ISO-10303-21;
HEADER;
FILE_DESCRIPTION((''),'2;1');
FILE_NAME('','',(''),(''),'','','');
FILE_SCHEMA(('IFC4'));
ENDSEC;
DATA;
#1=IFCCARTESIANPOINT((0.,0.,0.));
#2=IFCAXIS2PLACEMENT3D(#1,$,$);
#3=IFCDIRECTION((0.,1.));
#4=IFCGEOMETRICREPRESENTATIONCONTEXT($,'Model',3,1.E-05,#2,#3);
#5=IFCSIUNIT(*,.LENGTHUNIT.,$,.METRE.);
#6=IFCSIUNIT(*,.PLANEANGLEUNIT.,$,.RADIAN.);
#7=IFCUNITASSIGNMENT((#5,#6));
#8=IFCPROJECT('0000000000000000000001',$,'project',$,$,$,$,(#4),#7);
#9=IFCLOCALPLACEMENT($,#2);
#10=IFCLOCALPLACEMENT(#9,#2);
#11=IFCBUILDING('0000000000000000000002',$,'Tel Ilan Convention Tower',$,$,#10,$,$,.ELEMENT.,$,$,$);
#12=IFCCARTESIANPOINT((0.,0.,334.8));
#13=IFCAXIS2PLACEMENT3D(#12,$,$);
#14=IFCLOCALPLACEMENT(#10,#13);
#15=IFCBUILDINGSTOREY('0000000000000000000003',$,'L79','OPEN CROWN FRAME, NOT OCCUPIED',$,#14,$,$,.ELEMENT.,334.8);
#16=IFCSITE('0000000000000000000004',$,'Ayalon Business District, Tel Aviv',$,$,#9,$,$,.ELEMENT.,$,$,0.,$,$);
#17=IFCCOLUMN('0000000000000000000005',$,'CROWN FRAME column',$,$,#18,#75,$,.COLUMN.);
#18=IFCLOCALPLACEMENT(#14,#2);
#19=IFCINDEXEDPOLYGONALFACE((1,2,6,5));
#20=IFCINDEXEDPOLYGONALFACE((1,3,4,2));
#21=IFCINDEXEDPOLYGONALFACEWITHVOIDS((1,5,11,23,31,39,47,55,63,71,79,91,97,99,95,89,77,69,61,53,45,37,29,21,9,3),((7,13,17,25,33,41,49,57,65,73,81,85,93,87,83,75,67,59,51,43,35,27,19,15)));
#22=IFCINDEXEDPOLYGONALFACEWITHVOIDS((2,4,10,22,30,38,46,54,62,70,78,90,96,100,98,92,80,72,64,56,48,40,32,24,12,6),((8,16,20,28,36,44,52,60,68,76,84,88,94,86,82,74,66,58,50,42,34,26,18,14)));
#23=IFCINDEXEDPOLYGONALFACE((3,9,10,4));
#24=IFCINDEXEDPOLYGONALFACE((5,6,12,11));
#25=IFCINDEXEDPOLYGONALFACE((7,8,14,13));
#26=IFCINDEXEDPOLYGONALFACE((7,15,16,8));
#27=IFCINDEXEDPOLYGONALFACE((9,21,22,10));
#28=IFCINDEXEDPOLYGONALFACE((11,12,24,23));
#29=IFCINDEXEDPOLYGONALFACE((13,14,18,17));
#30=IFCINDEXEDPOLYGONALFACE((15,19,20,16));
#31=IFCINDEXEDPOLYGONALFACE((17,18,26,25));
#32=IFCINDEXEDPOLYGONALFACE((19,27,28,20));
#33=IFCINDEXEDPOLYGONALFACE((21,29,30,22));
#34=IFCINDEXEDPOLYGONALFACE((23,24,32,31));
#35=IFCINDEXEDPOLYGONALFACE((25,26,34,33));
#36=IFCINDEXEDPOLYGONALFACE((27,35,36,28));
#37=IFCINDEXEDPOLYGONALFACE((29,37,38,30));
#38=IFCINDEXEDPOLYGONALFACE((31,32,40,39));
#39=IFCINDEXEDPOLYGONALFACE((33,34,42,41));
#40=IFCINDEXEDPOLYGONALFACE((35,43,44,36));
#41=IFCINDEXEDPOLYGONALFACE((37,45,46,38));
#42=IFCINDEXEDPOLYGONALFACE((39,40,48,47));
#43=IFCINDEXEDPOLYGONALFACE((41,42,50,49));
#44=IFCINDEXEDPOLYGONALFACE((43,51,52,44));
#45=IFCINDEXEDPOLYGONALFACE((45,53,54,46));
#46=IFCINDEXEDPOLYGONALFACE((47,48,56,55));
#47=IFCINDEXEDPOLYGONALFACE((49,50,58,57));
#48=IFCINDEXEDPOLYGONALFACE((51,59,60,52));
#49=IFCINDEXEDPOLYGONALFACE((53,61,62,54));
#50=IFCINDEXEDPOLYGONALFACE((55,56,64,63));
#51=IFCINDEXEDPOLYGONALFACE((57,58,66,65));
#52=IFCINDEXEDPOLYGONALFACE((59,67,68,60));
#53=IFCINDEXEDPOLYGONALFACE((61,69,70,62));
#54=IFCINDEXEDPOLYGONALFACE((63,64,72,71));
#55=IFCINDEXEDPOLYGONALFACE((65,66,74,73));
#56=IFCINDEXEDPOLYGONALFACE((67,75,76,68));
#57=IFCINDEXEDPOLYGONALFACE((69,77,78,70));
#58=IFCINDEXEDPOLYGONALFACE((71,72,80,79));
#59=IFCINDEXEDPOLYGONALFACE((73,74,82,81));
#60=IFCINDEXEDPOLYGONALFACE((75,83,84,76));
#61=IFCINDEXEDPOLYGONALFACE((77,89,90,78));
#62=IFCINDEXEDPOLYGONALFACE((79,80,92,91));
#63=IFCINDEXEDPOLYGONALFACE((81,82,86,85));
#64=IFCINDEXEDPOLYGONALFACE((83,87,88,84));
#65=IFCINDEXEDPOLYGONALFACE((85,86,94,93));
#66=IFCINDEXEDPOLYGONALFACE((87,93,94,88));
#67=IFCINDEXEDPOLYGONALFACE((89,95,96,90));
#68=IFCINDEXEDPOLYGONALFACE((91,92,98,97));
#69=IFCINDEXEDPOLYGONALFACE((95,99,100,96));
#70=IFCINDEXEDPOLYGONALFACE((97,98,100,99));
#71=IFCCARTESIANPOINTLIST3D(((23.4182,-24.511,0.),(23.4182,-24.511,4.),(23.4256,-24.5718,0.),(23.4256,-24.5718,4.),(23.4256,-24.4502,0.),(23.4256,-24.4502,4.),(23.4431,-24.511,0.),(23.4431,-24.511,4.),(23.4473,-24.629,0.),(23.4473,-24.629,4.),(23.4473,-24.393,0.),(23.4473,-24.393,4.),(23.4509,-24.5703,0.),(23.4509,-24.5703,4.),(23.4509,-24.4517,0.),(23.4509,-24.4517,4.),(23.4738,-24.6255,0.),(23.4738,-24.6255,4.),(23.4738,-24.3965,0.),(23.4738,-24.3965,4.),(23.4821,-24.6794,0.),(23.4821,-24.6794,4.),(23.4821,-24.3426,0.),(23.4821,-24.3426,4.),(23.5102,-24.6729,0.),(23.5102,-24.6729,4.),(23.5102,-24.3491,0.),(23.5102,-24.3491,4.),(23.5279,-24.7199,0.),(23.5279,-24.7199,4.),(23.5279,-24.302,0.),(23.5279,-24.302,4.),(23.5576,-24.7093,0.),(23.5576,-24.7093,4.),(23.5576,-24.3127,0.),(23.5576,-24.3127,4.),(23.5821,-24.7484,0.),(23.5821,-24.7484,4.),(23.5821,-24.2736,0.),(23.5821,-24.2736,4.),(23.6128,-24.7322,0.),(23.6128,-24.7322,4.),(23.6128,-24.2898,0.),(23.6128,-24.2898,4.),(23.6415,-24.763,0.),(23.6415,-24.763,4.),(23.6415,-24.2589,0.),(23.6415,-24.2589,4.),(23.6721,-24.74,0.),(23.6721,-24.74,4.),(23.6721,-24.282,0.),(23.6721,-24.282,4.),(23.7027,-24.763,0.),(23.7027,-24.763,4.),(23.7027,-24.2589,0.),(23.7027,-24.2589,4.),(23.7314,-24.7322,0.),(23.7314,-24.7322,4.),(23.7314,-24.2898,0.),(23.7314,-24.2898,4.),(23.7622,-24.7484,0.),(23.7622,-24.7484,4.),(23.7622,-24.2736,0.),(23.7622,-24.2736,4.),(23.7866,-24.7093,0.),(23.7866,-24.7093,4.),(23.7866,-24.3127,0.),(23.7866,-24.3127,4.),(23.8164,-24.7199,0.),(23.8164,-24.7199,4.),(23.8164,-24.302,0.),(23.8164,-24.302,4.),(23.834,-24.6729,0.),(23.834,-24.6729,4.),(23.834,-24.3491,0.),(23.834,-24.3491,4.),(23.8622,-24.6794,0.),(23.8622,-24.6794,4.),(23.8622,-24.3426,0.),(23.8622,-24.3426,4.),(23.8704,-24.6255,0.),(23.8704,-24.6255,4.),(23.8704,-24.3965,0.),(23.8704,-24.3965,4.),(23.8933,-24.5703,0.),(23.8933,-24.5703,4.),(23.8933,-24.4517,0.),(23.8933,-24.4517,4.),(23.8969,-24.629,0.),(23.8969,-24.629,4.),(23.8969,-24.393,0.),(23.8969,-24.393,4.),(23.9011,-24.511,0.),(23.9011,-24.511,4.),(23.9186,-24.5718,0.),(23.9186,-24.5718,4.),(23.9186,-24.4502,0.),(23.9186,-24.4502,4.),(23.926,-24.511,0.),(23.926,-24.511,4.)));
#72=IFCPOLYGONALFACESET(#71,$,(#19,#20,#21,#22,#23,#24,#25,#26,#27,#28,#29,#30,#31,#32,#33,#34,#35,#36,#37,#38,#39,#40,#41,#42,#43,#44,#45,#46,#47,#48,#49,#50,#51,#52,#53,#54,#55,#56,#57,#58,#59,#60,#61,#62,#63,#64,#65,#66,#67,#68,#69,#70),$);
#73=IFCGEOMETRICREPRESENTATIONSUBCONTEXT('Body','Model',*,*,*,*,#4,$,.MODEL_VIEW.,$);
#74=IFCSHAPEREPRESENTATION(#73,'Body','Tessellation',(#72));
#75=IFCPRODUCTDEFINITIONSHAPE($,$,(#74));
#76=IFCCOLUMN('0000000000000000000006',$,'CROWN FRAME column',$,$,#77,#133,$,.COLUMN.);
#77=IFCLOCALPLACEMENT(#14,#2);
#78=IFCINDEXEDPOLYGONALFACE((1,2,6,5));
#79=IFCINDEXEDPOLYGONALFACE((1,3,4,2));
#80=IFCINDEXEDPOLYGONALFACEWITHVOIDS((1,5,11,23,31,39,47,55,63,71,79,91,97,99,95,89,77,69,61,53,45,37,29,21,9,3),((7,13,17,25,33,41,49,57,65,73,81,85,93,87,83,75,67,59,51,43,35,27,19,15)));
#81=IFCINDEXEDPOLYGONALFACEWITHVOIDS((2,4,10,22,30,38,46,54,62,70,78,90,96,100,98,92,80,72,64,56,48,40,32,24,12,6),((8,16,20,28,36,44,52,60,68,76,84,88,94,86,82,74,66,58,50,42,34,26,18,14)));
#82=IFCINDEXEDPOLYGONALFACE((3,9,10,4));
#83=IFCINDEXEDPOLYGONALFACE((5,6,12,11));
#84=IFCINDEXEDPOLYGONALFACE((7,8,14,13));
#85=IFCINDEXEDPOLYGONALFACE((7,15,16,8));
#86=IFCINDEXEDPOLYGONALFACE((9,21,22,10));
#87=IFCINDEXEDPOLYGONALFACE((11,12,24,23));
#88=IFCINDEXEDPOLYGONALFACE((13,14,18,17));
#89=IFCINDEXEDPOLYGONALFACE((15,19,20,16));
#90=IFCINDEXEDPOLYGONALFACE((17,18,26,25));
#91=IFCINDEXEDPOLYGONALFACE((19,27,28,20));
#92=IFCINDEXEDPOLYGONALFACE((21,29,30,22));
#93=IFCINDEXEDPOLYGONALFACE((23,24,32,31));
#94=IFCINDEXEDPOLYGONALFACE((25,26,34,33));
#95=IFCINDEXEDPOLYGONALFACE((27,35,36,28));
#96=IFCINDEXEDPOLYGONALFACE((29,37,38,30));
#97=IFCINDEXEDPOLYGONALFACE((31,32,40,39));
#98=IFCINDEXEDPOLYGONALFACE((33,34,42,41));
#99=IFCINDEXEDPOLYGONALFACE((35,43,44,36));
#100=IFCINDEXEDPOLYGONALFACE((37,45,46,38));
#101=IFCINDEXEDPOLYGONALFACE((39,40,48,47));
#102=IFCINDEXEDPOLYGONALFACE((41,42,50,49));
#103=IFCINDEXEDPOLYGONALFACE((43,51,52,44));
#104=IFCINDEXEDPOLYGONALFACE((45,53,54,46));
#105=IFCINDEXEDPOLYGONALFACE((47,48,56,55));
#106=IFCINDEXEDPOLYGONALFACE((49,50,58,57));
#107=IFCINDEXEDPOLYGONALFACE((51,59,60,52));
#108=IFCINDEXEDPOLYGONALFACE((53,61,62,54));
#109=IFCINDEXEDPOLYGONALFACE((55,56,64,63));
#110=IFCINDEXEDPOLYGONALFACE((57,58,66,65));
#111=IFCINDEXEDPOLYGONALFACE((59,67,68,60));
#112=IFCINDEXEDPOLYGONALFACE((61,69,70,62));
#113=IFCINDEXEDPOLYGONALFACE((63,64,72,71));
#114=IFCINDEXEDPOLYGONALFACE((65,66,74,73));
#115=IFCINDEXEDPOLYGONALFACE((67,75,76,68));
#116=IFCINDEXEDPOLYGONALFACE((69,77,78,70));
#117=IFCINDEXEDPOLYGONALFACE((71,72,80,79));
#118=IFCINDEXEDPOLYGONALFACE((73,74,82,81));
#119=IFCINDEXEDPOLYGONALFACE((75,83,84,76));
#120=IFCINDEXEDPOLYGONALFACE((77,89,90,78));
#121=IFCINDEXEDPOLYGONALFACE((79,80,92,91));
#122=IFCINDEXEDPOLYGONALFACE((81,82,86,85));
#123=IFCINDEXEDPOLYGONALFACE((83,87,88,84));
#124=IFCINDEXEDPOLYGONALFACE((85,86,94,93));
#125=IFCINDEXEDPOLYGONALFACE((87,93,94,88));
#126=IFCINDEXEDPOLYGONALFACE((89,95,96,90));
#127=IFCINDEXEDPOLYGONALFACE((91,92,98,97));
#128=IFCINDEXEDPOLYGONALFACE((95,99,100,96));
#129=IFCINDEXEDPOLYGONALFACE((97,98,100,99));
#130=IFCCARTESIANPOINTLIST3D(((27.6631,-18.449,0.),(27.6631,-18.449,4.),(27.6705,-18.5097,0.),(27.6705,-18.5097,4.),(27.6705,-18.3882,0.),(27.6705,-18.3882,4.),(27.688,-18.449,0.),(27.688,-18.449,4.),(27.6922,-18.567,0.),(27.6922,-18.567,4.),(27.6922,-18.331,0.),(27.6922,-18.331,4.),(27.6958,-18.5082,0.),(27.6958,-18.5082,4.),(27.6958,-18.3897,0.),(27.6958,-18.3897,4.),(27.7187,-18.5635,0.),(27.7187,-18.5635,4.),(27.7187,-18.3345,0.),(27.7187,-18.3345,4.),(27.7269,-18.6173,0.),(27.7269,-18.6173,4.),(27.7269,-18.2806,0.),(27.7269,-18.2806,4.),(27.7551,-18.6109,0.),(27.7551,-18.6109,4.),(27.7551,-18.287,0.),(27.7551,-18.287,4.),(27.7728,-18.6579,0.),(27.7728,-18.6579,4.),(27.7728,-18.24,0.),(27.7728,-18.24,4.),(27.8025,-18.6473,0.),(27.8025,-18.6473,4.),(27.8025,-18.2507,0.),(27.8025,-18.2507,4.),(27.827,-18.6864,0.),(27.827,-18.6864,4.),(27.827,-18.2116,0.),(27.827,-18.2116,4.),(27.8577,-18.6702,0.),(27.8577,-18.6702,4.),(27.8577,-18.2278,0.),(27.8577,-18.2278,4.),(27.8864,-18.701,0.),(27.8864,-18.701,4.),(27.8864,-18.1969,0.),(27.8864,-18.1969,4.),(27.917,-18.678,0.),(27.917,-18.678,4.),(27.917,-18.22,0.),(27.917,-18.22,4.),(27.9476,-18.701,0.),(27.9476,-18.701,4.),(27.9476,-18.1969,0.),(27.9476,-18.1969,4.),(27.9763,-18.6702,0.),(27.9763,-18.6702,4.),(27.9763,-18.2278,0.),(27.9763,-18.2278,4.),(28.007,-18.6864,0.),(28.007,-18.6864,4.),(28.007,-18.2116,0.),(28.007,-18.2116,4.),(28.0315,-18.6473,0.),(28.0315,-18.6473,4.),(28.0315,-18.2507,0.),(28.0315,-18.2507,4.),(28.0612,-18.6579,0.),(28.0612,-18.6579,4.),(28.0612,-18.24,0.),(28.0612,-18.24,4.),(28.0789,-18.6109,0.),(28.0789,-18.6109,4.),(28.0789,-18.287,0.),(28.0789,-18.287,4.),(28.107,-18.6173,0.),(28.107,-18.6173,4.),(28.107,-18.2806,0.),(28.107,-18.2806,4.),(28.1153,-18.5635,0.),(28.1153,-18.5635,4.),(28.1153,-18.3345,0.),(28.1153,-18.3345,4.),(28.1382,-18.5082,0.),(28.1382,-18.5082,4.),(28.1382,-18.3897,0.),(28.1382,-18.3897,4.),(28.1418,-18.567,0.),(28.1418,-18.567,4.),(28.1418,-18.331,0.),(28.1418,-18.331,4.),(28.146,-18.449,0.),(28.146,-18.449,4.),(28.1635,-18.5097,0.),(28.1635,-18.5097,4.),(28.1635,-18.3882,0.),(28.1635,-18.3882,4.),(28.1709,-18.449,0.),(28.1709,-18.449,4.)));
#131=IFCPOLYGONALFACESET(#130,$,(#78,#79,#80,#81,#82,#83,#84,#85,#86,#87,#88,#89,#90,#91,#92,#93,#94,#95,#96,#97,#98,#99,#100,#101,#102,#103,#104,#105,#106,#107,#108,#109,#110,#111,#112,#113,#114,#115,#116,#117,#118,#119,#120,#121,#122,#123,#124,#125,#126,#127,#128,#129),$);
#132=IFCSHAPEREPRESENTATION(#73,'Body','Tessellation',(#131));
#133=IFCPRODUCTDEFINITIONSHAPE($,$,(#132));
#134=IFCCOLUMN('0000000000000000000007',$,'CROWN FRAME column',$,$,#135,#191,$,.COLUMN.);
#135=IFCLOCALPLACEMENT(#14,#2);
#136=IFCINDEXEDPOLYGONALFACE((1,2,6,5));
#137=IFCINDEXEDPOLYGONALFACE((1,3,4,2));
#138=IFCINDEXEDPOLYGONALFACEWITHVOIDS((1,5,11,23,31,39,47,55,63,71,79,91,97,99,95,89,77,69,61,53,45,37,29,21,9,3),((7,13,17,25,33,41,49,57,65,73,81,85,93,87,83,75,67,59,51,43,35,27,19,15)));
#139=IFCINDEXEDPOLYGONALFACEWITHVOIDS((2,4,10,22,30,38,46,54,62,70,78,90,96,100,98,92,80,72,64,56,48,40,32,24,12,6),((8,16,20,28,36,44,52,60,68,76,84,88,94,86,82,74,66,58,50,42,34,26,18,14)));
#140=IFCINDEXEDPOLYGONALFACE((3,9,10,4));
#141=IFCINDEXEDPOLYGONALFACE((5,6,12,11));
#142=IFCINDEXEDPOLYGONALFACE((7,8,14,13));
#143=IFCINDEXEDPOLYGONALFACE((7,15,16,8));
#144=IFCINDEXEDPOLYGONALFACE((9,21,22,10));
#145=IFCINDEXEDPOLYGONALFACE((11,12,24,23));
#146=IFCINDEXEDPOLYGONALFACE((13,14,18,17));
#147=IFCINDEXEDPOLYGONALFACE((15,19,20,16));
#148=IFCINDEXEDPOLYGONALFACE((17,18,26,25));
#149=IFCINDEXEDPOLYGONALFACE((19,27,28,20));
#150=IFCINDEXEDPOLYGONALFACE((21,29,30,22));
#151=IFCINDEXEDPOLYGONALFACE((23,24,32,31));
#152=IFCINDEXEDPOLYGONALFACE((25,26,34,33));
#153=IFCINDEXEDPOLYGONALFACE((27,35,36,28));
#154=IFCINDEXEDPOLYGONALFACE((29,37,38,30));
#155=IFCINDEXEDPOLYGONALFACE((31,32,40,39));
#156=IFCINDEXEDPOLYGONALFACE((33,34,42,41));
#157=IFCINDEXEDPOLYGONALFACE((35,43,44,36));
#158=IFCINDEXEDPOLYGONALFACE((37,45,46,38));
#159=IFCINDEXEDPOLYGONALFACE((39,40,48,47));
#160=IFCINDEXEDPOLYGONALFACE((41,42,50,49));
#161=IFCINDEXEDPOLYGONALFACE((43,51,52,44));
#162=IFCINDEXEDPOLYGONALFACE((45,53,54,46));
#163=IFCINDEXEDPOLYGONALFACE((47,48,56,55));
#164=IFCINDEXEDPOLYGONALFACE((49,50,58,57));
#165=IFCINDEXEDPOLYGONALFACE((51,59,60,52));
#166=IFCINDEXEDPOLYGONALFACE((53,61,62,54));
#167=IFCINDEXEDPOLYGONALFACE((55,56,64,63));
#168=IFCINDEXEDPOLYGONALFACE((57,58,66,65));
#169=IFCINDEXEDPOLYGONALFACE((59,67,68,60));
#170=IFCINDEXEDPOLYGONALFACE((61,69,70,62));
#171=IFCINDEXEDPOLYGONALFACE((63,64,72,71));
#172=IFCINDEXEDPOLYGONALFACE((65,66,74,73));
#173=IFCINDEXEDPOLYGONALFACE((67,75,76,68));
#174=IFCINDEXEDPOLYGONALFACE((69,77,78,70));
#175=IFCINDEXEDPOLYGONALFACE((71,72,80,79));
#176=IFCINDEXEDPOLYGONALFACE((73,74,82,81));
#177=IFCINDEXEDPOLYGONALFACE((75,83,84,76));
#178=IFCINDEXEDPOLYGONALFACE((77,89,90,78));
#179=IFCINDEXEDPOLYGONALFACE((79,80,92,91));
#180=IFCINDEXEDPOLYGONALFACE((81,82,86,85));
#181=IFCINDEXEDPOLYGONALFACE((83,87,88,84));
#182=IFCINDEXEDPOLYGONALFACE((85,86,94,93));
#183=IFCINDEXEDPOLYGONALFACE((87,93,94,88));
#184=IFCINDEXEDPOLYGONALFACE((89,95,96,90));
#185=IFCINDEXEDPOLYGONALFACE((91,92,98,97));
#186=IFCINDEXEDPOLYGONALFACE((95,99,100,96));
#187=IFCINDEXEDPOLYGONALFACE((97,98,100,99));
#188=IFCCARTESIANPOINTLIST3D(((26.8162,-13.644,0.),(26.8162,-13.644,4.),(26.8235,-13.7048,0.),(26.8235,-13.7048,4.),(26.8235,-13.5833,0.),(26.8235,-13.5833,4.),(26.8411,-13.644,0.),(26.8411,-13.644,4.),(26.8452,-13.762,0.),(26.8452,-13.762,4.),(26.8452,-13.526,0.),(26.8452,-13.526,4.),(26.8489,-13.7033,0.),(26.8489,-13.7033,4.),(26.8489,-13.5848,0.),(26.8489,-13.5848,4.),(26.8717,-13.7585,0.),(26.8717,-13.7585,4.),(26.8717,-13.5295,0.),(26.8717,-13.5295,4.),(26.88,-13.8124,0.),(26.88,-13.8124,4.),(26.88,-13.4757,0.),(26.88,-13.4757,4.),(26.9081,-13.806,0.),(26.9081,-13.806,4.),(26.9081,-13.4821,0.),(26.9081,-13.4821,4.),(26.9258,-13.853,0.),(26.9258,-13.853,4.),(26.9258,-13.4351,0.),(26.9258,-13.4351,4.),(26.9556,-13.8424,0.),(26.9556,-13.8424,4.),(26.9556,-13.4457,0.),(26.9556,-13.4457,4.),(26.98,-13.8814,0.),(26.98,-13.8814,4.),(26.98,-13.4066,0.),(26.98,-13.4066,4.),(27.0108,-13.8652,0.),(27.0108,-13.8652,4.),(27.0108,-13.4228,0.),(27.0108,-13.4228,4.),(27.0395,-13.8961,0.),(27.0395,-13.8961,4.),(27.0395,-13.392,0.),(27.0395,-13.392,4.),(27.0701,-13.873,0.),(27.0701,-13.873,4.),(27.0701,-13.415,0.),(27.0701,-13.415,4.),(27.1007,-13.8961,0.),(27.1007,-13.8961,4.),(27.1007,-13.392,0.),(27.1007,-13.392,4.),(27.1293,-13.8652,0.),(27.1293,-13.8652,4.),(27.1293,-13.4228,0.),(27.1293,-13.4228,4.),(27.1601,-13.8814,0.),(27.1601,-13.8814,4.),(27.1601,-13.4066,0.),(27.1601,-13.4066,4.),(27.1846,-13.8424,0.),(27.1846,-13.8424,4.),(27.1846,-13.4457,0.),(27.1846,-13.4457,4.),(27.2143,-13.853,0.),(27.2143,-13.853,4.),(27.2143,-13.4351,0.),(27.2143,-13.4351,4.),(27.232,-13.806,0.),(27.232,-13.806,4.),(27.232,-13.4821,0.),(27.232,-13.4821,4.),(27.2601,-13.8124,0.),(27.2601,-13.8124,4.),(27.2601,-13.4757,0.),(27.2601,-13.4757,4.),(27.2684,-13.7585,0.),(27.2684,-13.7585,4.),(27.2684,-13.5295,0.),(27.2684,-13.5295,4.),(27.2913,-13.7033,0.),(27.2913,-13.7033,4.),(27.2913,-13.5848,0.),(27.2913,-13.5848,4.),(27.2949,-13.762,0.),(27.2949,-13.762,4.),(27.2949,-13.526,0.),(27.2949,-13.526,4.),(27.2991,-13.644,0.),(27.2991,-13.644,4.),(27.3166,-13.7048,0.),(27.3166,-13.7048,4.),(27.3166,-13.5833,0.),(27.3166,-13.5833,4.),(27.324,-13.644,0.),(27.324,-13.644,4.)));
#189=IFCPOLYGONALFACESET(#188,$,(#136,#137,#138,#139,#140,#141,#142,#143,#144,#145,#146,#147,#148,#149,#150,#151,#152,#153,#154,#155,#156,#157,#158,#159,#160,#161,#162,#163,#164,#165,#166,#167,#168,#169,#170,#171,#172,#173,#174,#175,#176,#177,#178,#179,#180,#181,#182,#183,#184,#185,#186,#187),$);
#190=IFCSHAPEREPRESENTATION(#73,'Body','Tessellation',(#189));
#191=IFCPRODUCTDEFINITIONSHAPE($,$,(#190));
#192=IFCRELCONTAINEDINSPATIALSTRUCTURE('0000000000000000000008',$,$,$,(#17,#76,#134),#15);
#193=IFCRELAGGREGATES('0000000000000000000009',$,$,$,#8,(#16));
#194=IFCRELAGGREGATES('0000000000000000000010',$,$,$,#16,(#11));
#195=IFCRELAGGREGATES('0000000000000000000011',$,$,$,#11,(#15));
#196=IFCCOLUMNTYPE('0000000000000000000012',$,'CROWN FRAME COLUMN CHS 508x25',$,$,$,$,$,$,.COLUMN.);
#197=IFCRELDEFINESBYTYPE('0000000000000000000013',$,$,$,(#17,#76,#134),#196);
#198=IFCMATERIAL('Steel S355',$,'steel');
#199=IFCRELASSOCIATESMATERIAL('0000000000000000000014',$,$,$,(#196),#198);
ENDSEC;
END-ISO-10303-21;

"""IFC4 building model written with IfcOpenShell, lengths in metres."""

from ifc_helpers import new_model, si_unit, direction, frame, origin, origin_2d, place, context, subcontext, project, spatial, hollow_circle, extrude, material, material_profile, profile_set, type_object, element, save


model = new_model("IFC4")

# Units and contexts
model_context = context("Model", 3, precision=1e-05, world=origin(), true_north=direction((0.0, 1.0)))
body_context = subcontext(model_context, "Body", "Model", "MODEL_VIEW")
ifc_project = project(units=[si_unit("LENGTHUNIT", "METRE"), si_unit("PLANEANGLEUNIT", "RADIAN")], contexts=[model_context])

# Site, building, storey
site_placement = place(None, origin())
site = spatial("IfcSite", under=ifc_project, at=site_placement, Name="Ayalon Business District, Tel Aviv", CompositionType="ELEMENT", RefElevation=0.0)
building_placement = place(site_placement, origin())
building = spatial("IfcBuilding", under=site, at=building_placement, Name="Tel Ilan Convention Tower", CompositionType="ELEMENT")
storey_placement = place(building_placement, frame((0.0, 0.0, 334.8)))
storey = spatial("IfcBuildingStorey", under=building, at=storey_placement, Name="L79", Description="OPEN CROWN FRAME, NOT OCCUPIED", CompositionType="ELEMENT", Elevation=334.8)

# Columns
ifc_material_1 = material(Name="Steel S355", Category="steel")
ifc_material_profile_1 = material_profile(ifc_material_1, hollow_circle(Radius=0.2539, WallThickness=0.0249, at=origin_2d()), Name="CHS 508x25")
ifc_profile_set_1 = profile_set([ifc_material_profile_1], Name="Steel S355")
column_type = type_object("IfcColumnType", Name="CROWN FRAME COLUMN CHS 508x25", PredefinedType="COLUMN", material=ifc_profile_set_1)
for number, where, z_axis, x_axis, name in (
    (1, (23.6721, -24.511, 0.0), (0.0, 0.0, 1.0), (1.0, 0.0, 0.0), "CROWN FRAME column"),
    (2, (27.917, -18.449, 0.0), (0.0, 0.0, 1.0), (1.0, 0.0, 0.0), "CROWN FRAME column"),
    (3, (27.0701, -13.644, 0.0), (0.0, 0.0, 1.0), (1.0, 0.0, 0.0), "CROWN FRAME column"),
):
    element("IfcColumn", number, at=place(storey_placement, frame(where, z_axis=z_axis, x_axis=x_axis)), inside=storey, type_object=column_type, Name=name, PredefinedType="COLUMN", context=body_context, shape_type="SweptSolid", body=[
        extrude(hollow_circle(Radius=0.2539, WallThickness=0.0249, at=origin_2d()), origin(), (0.0, 0.0, 1.0), 4.0),
    ])

save(model, "model.ifc")
